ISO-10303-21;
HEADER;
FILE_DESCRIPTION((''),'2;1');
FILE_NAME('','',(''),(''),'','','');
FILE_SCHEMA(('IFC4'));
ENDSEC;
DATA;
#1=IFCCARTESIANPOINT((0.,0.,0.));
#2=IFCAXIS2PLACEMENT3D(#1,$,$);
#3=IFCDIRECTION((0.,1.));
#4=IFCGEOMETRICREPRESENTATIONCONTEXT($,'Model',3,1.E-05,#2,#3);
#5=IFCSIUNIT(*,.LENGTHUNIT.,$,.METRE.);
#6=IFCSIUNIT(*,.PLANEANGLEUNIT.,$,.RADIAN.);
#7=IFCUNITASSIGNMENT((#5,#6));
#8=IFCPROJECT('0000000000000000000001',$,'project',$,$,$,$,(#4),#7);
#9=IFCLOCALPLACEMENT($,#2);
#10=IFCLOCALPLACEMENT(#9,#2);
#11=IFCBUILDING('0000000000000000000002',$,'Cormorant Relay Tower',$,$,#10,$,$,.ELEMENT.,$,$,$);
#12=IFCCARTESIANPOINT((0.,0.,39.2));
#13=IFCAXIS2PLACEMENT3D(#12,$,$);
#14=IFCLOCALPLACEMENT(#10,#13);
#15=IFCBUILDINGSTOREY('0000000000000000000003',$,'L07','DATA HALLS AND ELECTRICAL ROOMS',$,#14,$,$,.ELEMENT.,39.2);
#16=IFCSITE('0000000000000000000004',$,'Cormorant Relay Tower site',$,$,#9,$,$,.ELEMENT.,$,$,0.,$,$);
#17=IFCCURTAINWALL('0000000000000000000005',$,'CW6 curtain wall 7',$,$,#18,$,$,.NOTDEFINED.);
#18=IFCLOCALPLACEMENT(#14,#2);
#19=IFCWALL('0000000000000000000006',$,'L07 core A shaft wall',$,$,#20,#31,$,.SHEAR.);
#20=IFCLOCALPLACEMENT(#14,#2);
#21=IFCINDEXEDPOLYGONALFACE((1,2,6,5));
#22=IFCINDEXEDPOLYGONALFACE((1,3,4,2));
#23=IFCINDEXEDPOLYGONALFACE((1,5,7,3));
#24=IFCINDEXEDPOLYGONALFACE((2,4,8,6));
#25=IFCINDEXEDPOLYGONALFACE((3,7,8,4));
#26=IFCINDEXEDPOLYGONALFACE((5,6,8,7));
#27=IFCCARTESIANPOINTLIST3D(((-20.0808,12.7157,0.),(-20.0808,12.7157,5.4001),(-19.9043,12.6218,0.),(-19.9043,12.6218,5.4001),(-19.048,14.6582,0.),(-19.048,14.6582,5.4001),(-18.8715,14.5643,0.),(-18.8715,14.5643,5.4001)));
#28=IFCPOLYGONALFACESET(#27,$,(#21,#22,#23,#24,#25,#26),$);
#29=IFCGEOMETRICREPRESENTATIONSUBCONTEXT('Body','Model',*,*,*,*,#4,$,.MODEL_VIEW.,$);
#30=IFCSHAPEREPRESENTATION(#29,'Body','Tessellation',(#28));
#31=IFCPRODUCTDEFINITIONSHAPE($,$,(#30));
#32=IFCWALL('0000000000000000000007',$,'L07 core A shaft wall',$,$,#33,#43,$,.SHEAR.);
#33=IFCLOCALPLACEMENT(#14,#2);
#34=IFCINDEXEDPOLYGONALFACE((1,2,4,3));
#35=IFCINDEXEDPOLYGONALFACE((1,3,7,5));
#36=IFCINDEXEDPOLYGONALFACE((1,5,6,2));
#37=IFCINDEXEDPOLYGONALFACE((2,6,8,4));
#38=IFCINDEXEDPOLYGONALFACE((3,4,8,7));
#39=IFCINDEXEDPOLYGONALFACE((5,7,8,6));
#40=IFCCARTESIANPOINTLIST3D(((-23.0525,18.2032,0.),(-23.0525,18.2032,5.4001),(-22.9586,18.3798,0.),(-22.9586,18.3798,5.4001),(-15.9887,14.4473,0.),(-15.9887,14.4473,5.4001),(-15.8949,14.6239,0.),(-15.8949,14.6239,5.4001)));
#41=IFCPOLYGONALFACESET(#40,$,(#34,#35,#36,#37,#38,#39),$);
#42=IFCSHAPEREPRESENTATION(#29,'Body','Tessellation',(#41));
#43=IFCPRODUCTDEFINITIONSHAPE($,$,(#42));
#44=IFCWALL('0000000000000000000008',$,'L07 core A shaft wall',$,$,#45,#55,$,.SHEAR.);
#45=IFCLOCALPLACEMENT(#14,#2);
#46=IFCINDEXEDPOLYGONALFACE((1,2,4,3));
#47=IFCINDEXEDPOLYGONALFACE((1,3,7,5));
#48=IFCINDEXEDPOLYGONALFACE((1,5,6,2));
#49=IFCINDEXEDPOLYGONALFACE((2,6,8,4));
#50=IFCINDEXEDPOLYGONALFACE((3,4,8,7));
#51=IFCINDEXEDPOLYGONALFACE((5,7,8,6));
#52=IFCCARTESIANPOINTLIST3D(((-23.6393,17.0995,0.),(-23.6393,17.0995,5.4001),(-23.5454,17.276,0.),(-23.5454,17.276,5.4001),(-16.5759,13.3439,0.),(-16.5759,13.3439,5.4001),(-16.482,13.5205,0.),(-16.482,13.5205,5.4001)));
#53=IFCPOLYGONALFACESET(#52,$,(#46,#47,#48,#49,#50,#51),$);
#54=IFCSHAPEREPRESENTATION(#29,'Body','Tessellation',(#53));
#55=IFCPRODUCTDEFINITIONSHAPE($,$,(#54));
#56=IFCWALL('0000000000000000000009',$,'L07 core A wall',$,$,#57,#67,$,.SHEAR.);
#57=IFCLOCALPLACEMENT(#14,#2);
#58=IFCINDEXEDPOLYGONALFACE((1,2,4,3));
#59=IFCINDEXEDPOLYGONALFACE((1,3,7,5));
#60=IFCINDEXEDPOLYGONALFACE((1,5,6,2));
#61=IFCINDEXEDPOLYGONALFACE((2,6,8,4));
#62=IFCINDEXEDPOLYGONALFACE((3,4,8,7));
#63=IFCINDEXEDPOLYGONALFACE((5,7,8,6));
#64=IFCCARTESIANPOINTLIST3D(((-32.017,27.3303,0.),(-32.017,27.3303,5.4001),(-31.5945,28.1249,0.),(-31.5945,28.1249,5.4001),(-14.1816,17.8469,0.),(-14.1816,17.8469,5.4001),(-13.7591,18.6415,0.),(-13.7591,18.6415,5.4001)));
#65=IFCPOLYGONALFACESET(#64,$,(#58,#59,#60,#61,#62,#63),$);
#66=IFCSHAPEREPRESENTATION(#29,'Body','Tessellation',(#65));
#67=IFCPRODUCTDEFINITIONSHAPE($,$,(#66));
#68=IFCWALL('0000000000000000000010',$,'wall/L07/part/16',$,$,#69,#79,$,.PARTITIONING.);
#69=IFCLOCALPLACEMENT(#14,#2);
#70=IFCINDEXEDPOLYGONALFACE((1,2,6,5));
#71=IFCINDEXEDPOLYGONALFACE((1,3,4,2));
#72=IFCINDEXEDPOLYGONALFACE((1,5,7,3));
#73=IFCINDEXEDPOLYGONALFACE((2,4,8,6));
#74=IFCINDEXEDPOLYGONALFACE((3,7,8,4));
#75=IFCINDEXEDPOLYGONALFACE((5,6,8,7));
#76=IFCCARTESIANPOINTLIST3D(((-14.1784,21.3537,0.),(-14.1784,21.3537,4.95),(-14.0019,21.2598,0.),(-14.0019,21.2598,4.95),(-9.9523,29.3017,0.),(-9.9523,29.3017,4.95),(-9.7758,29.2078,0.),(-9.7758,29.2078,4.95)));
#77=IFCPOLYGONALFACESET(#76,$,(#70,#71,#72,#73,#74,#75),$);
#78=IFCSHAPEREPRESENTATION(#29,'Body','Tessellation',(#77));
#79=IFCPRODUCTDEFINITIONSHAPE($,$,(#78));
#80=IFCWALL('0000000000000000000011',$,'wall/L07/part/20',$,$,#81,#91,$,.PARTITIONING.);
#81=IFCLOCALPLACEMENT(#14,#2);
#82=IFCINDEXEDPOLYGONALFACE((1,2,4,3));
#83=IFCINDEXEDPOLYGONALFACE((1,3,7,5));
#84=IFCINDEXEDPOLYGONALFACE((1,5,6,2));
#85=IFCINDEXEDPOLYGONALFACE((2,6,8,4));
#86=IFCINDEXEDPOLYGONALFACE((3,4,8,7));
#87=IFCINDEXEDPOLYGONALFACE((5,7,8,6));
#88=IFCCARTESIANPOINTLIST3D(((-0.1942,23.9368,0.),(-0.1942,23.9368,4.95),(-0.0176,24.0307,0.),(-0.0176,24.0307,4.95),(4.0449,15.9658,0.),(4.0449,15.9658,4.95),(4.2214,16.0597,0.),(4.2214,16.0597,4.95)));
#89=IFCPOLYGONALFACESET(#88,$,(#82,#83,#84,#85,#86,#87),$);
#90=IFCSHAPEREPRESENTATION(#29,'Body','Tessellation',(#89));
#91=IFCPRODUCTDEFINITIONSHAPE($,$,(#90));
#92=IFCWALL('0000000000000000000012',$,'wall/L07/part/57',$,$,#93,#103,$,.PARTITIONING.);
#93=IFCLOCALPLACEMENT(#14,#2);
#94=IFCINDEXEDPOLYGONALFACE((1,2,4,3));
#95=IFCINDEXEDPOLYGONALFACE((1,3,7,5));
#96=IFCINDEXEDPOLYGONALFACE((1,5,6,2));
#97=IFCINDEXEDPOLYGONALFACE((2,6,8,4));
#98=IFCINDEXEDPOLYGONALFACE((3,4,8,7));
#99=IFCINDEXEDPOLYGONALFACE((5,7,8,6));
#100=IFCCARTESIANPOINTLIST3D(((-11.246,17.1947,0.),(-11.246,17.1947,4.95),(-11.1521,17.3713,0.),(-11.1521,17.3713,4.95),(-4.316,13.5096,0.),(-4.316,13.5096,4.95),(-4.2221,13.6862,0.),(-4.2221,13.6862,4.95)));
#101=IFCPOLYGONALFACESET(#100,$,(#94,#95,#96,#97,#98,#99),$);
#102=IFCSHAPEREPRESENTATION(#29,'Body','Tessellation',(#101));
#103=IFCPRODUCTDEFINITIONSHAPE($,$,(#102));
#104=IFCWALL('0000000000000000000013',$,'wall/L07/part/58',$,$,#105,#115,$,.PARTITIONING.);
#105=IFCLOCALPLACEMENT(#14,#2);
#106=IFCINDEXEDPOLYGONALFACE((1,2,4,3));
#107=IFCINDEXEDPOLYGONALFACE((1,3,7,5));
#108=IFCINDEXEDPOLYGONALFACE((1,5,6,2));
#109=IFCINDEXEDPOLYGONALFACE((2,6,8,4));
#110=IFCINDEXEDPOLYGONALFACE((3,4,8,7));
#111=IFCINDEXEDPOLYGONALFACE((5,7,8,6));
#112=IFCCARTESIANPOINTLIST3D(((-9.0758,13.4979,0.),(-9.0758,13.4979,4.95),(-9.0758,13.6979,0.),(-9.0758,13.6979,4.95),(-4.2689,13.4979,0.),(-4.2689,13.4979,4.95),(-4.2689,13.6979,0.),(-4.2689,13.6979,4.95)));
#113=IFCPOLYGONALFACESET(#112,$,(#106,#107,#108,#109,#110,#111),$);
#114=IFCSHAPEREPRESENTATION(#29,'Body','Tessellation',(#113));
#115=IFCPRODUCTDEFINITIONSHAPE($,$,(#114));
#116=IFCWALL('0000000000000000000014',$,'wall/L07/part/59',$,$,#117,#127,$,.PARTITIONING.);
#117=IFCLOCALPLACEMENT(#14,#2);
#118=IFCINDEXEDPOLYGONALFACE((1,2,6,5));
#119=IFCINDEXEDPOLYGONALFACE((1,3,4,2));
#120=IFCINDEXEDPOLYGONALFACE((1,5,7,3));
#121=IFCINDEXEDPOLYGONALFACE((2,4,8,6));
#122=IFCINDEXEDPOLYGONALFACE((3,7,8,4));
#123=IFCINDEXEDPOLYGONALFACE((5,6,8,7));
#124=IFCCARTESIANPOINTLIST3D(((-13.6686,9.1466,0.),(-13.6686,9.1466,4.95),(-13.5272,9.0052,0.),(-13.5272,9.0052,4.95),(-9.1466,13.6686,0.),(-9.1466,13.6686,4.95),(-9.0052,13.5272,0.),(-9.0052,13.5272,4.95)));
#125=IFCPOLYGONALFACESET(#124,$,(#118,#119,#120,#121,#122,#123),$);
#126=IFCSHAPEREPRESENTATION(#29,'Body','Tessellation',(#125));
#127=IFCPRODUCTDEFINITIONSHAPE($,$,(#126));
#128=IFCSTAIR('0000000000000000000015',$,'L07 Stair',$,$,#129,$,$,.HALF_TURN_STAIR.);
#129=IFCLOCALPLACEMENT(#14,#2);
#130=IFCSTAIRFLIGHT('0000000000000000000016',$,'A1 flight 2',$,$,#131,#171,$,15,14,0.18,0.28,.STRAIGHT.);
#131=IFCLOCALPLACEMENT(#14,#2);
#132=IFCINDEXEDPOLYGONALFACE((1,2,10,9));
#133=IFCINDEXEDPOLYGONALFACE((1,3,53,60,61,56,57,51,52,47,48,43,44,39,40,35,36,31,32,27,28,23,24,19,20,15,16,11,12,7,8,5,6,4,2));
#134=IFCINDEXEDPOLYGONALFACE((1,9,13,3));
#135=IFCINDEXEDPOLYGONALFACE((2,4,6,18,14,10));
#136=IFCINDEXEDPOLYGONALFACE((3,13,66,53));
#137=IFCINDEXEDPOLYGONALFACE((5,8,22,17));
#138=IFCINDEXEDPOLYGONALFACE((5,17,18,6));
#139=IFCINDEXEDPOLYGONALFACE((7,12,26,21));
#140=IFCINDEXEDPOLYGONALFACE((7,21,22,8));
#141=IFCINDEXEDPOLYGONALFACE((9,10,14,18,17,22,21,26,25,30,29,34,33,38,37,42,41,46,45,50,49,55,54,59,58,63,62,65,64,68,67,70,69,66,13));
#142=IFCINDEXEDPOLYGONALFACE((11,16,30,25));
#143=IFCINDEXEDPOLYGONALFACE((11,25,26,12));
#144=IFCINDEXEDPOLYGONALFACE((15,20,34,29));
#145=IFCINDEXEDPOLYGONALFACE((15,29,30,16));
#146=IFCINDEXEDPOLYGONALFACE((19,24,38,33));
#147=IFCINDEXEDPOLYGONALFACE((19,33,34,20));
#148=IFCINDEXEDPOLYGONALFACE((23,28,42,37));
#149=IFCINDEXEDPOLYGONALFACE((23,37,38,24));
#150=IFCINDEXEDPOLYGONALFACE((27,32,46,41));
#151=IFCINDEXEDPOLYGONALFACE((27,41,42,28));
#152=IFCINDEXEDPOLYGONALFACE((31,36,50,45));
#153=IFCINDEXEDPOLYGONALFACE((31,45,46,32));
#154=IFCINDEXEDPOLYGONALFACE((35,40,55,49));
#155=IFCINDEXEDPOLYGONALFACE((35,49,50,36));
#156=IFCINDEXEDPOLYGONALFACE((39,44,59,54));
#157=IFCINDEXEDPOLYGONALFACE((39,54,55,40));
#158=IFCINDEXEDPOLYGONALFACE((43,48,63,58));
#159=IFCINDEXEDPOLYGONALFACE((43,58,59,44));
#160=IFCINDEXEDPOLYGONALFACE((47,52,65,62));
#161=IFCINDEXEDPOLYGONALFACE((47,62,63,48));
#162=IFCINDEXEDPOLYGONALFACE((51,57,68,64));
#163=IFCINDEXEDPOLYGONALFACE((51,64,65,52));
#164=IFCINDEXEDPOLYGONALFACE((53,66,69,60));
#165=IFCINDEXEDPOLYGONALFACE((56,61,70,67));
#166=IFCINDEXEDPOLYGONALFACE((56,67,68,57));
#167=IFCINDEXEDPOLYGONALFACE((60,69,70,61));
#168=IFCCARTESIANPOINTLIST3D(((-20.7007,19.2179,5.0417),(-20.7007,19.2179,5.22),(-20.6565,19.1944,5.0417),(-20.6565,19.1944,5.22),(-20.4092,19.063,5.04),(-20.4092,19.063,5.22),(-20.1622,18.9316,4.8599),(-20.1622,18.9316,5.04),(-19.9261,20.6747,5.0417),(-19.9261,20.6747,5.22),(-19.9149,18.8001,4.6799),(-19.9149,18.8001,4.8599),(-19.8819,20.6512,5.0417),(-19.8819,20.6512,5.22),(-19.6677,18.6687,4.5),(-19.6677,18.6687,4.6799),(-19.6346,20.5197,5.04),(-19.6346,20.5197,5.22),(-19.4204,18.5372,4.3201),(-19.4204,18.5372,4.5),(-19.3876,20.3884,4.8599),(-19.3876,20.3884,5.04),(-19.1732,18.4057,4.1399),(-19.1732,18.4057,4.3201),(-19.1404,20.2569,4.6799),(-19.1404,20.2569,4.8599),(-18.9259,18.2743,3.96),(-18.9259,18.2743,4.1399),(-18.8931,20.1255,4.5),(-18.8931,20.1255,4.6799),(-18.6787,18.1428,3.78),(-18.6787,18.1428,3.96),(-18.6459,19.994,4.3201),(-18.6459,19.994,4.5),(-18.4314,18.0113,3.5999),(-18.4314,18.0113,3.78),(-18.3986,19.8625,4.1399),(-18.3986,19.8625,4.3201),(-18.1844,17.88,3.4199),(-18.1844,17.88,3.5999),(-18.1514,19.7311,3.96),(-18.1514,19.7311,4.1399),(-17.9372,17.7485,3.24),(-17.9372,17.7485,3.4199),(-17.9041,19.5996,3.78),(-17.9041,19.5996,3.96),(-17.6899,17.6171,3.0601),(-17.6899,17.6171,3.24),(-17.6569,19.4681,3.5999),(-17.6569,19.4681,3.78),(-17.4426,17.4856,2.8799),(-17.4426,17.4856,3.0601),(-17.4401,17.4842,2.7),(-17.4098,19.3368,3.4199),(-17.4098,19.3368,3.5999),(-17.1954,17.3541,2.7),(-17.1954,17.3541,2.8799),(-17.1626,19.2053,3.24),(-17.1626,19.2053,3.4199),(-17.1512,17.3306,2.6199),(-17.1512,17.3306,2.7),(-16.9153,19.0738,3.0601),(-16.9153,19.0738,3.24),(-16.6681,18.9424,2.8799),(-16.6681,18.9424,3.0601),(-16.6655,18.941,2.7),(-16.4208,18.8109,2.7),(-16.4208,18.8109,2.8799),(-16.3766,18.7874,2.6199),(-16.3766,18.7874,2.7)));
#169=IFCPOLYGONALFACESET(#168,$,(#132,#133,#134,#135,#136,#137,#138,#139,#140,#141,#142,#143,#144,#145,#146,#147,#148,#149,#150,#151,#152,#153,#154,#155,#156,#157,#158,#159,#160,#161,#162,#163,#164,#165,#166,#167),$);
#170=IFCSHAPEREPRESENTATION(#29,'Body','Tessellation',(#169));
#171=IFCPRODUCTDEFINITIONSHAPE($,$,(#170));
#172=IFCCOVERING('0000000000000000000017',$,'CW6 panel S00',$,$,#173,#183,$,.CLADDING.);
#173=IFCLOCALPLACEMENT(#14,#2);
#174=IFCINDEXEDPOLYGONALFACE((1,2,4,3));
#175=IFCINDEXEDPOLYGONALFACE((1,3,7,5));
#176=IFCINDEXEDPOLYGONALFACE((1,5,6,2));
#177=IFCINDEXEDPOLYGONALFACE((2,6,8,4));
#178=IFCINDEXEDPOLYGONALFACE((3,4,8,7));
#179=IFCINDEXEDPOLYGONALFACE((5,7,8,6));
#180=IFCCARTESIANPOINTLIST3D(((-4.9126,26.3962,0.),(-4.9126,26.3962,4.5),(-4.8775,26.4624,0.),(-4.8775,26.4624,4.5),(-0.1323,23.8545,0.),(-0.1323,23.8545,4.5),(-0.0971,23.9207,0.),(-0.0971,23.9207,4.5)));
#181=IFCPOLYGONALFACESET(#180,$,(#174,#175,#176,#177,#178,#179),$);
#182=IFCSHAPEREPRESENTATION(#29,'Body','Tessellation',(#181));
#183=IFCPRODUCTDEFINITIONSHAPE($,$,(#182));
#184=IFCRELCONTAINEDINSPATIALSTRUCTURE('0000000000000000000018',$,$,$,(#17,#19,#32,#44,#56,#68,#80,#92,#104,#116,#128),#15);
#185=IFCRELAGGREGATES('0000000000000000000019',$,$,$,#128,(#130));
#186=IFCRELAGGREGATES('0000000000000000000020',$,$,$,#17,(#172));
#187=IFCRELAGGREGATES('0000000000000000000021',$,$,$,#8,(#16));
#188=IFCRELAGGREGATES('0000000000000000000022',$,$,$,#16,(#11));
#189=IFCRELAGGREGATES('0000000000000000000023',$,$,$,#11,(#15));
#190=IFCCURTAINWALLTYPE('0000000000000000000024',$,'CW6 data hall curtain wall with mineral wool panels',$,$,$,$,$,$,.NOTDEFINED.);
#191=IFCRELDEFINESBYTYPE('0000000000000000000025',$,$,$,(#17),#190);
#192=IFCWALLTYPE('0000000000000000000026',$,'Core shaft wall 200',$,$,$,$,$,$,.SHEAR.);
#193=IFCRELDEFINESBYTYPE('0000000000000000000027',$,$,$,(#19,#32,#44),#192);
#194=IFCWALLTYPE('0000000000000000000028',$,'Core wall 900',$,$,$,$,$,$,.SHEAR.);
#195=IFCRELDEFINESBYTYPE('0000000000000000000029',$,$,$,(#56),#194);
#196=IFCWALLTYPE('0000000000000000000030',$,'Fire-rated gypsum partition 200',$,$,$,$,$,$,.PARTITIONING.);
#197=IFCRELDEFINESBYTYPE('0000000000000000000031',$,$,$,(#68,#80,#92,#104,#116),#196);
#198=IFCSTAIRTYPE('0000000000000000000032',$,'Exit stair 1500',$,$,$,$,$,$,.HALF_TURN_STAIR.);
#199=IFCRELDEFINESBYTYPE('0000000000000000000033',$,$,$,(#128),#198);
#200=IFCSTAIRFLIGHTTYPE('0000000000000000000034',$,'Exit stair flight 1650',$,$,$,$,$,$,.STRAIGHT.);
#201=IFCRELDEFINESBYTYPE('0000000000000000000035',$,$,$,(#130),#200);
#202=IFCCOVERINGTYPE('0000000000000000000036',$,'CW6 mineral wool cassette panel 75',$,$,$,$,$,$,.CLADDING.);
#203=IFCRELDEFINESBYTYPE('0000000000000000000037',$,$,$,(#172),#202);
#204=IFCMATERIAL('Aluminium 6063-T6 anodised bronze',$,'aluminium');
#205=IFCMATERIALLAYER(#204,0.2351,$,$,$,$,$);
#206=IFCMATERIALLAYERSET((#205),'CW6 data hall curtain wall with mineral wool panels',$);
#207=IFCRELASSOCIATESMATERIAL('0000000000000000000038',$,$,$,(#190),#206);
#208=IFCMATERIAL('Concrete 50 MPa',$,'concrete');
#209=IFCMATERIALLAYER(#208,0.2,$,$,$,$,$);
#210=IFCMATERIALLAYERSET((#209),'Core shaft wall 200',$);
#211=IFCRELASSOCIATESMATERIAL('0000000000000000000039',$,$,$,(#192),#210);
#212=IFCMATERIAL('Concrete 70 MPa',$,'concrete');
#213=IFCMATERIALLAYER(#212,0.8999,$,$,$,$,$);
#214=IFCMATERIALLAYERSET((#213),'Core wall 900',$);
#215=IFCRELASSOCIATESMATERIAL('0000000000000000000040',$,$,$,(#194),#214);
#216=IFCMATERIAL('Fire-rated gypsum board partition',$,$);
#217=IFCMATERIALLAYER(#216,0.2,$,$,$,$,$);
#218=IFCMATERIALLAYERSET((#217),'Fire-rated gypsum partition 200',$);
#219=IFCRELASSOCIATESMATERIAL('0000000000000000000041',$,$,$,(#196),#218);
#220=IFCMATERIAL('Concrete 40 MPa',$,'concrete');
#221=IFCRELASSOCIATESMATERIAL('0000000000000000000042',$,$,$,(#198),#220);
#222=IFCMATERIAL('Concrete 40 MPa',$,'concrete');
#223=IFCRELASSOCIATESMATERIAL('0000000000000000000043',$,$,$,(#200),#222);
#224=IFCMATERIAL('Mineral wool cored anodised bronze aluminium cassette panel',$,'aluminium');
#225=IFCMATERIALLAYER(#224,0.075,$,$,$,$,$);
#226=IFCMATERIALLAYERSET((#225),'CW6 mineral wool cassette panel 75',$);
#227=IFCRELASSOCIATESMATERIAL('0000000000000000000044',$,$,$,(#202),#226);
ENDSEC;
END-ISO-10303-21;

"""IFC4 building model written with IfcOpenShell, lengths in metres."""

from ifc_helpers import new_model, si_unit, direction, frame, frame_2d, origin, origin_2d, place, context, subcontext, project, spatial, polyline, rectangle, outline, extrude, material, layer, layer_set, type_object, element, aggregate, save


model = new_model("IFC4")

# Units and contexts
model_context = context("Model", 3, precision=1e-05, world=origin(), true_north=direction((0.0, 1.0)))
body_context = subcontext(model_context, "Body", "Model", "MODEL_VIEW")
ifc_project = project(units=[si_unit("LENGTHUNIT", "METRE"), si_unit("PLANEANGLEUNIT", "RADIAN")], contexts=[model_context])

# Site, building, storey
site_placement = place(None, origin())
site = spatial("IfcSite", under=ifc_project, at=site_placement, Name="Cormorant Relay Tower site", CompositionType="ELEMENT", RefElevation=0.0)
building_placement = place(site_placement, origin())
building = spatial("IfcBuilding", under=site, at=building_placement, Name="Cormorant Relay Tower", CompositionType="ELEMENT")
storey_placement = place(building_placement, frame((0.0, 0.0, 39.2)))
storey = spatial("IfcBuildingStorey", under=building, at=storey_placement, Name="L07", Description="DATA HALLS AND ELECTRICAL ROOMS", CompositionType="ELEMENT", Elevation=39.2)

# Curtain wall
ifc_material_1 = material(Name="Aluminium 6063-T6 anodised bronze", Category="aluminium")
ifc_layer_1 = layer(ifc_material_1, 0.2351)
ifc_layer_set_1 = layer_set([ifc_layer_1], Name="CW6 data hall curtain wall with mineral wool panels")
curtain_wall_type = type_object("IfcCurtainWallType", Name="CW6 data hall curtain wall with mineral wool panels", PredefinedType="NOTDEFINED", material=ifc_layer_set_1)
curtain_wall_placement = place(storey_placement, origin())
curtain_wall = element("IfcCurtainWall", 1, at=curtain_wall_placement, inside=storey, type_object=curtain_wall_type, Name="CW6 curtain wall 7", PredefinedType="NOTDEFINED")

# Walls
ifc_material_2 = material(Name="Concrete 50 MPa", Category="concrete")
ifc_layer_2 = layer(ifc_material_2, 0.2)
ifc_layer_set_2 = layer_set([ifc_layer_2], Name="Core shaft wall 200")
wall_type_1 = type_object("IfcWallType", Name="Core shaft wall 200", PredefinedType="SHEAR", material=ifc_layer_set_2)
wall_1_placement = place(storey_placement, frame((-18.9597, 14.6113, 0.0), z_axis=(0.0, 0.0, 1.0), x_axis=(-0.469447, -0.88296, 0.0)))
element("IfcWall", 2, at=wall_1_placement, inside=storey, type_object=wall_type_1, Name="L07 core A shaft wall", PredefinedType="SHEAR", context=body_context, shape_type="SweptSolid", body=[
    extrude(rectangle(XDim=2.2, YDim=0.2, at=frame_2d((1.1001, 0.0))), origin(), (0.0, 0.0, 1.0), 5.4001),
])
wall_2_placement = place(storey_placement, frame((-15.9419, 14.5356, 0.0), z_axis=(0.0, 0.0, 1.0), x_axis=(-0.882947, 0.469473, 0.0)))
element("IfcWall", 3, at=wall_2_placement, inside=storey, type_object=wall_type_1, Name="L07 core A shaft wall", PredefinedType="SHEAR", context=body_context, shape_type="SweptSolid", body=[
    extrude(rectangle(XDim=8.0002, YDim=0.2, at=frame_2d((4.0, 0.0))), origin(), (0.0, 0.0, 1.0), 5.4001),
])
wall_3_placement = place(storey_placement, frame((-16.5288, 13.4321, 0.0), z_axis=(0.0, 0.0, 1.0), x_axis=(-0.882953, 0.469462, 0.0)))
element("IfcWall", 4, at=wall_3_placement, inside=storey, type_object=wall_type_1, Name="L07 core A shaft wall", PredefinedType="SHEAR", context=body_context, shape_type="SweptSolid", body=[
    extrude(rectangle(XDim=7.9998, YDim=0.2, at=frame_2d((4.0, 0.0))), origin(), (0.0, 0.0, 1.0), 5.4001),
])

# Shared definitions
ifc_material_3 = material(Name="Concrete 70 MPa", Category="concrete")
ifc_layer_3 = layer(ifc_material_3, 0.8999)
ifc_layer_set_3 = layer_set([ifc_layer_3], Name="Core wall 900")
wall_type_2 = type_object("IfcWallType", Name="Core wall 900", PredefinedType="SHEAR", material=ifc_layer_set_3)

# Walls
wall_4_placement = place(storey_placement, frame((-13.9702, 18.2441, 0.0), z_axis=(0.0, 0.0, 1.0), x_axis=(-0.882945, 0.469476, 0.0)))
element("IfcWall", 5, at=wall_4_placement, inside=storey, type_object=wall_type_2, Name="L07 core A wall", PredefinedType="SHEAR", context=body_context, shape_type="SweptSolid", body=[
    extrude(rectangle(XDim=20.2, YDim=0.8999, at=frame_2d((10.1001, 0.0))), origin(), (0.0, 0.0, 1.0), 5.4001),
])
ifc_material_4 = material(Name="Fire-rated gypsum board partition")
ifc_layer_4 = layer(ifc_material_4, 0.2)
ifc_layer_set_4 = layer_set([ifc_layer_4], Name="Fire-rated gypsum partition 200")
wall_type_3 = type_object("IfcWallType", Name="Fire-rated gypsum partition 200", PredefinedType="PARTITIONING", material=ifc_layer_set_4)
wall_5_placement = place(storey_placement, frame((-9.864, 29.2549, 0.0), z_axis=(0.0, 0.0, 1.0), x_axis=(-0.469476, -0.882945, 0.0)))
element("IfcWall", 6, at=wall_5_placement, inside=storey, type_object=wall_type_3, Name="wall/L07/part/16", PredefinedType="PARTITIONING", context=body_context, shape_type="SweptSolid", body=[
    extrude(rectangle(XDim=9.0017, YDim=0.2, at=frame_2d((4.501, 0.0))), origin(), (0.0, 0.0, 1.0), 4.95),
])
wall_6_placement = place(storey_placement, frame((-0.106, 23.9839, 0.0), z_axis=(0.0, 0.0, 1.0), x_axis=(0.469539, -0.882912, 0.0)))
element("IfcWall", 7, at=wall_6_placement, inside=storey, type_object=wall_type_3, Name="wall/L07/part/20", PredefinedType="PARTITIONING", context=body_context, shape_type="SweptSolid", body=[
    extrude(rectangle(XDim=9.0281, YDim=0.2, at=frame_2d((4.5142, 0.0))), origin(), (0.0, 0.0, 1.0), 4.95),
])
wall_7_placement = place(storey_placement, frame((-11.199, 17.283, 0.0), z_axis=(0.0, 0.0, 1.0), x_axis=(0.882929, -0.469506, 0.0)))
element("IfcWall", 8, at=wall_7_placement, inside=storey, type_object=wall_type_3, Name="wall/L07/part/57", PredefinedType="PARTITIONING", context=body_context, shape_type="SweptSolid", body=[
    extrude(rectangle(XDim=7.8489, YDim=0.2, at=frame_2d((3.9243, 0.0))), origin(), (0.0, 0.0, 1.0), 4.95),
])
wall_8_placement = place(storey_placement, frame((-4.269, 13.5979, 0.0), z_axis=(0.0, 0.0, 1.0), x_axis=(-1.0, 0.0, 0.0)))
element("IfcWall", 9, at=wall_8_placement, inside=storey, type_object=wall_type_3, Name="wall/L07/part/58", PredefinedType="PARTITIONING", context=body_context, shape_type="SweptSolid", body=[
    extrude(rectangle(XDim=4.8069, YDim=0.2, at=frame_2d((2.4033, 0.0))), origin(), (0.0, 0.0, 1.0), 4.95),
])
wall_9_placement = place(storey_placement, frame((-9.0759, 13.5979, 0.0), z_axis=(0.0, 0.0, 1.0), x_axis=(-0.707107, -0.707107, 0.0)))
element("IfcWall", 10, at=wall_9_placement, inside=storey, type_object=wall_type_3, Name="wall/L07/part/59", PredefinedType="PARTITIONING", context=body_context, shape_type="SweptSolid", body=[
    extrude(rectangle(XDim=6.395, YDim=0.2, at=frame_2d((3.1975, 0.0))), origin(), (0.0, 0.0, 1.0), 4.95),
])

# Stair, stair flight
ifc_material_5 = material(Name="Concrete 40 MPa", Category="concrete")
stair_type = type_object("IfcStairType", Name="Exit stair 1500", PredefinedType="HALF_TURN_STAIR", material=ifc_material_5)
stair_placement = place(storey_placement, origin())
stair = element("IfcStair", 11, at=stair_placement, inside=storey, type_object=stair_type, Name="L07 Stair", PredefinedType="HALF_TURN_STAIR")
ifc_material_6 = material(Name="Concrete 40 MPa", Category="concrete")
stair_flight_type = type_object("IfcStairFlightType", Name="Exit stair flight 1650", PredefinedType="STRAIGHT", material=ifc_material_6)
stair_flight_placement = place(storey_placement, frame((-16.8081, 18.0825, 2.7), z_axis=(0.0, 0.0, 1.0), x_axis=(-0.882948, 0.469472, 0.0)))
stair_flight = element("IfcStairFlight", 12, at=stair_flight_placement, type_object=stair_flight_type, Name="A1 flight 2", NumberOfRisers=15, NumberOfTreads=14, PredefinedType="STRAIGHT", RiserHeight=0.18, TreadLength=0.28, context=body_context, shape_type="SweptSolid", body=[
    extrude(outline(polyline([(-0.05, -0.0801), (-0.05, 0.0), (0.0, 0.0), (0.0, 0.1799), (0.28, 0.1799), (0.28, 0.3601), (0.5601, 0.3601), (0.5601, 0.54), (0.8401, 0.54), (0.8401, 0.72), (1.1201, 0.72), (1.1201, 0.8999), (1.3999, 0.8999), (1.3999, 1.0801), (1.6799, 1.0801), (1.6799, 1.26), (1.96, 1.26), (1.96, 1.4399), (2.24, 1.4399), (2.24, 1.6201), (2.52, 1.6201), (2.52, 1.8), (2.8, 1.8), (2.8, 1.98), (3.0801, 1.98), (3.0801, 2.1599), (3.3601, 2.1599), (3.3601, 2.3401), (3.6399, 2.3401), (3.6399, 2.52), (3.9199, 2.52), (3.97, 2.52), (3.97, 2.3418), (3.9199, 2.3418), (0.2771, 0.0), (-0.05, -0.0801)])), frame((0.0, 0.825, 0.0), z_axis=(0.0, -1.0, 0.0), x_axis=(1.0, 0.0, 0.0)), (0.0, 0.0, 1.0), 1.6499),
])
aggregate(stair, [stair_flight])

# Covering
ifc_material_7 = material(Name="Mineral wool cored anodised bronze aluminium cassette panel", Category="aluminium")
ifc_layer_5 = layer(ifc_material_7, 0.075)
ifc_layer_set_5 = layer_set([ifc_layer_5], Name="CW6 mineral wool cassette panel 75")
covering_type = type_object("IfcCoveringType", Name="CW6 mineral wool cassette panel 75", PredefinedType="CLADDING", material=ifc_layer_set_5)
covering_1_placement = place(storey_placement, frame((-2.5049, 25.1584, 0.0), z_axis=(0.0, 0.0, 1.0), x_axis=(-0.882948, 0.469472, 0.0)))
covering_1 = element("IfcCovering", 13, at=covering_1_placement, type_object=covering_type, Name="CW6 panel S00", PredefinedType="CLADDING", context=body_context, shape_type="SweptSolid", body=[
    extrude(rectangle(XDim=5.4141, YDim=0.075, at=origin_2d()), origin(), (0.0, 0.0, 1.0), 4.5),
])
aggregate(curtain_wall, [covering_1])

save(model, "model.ifc")
